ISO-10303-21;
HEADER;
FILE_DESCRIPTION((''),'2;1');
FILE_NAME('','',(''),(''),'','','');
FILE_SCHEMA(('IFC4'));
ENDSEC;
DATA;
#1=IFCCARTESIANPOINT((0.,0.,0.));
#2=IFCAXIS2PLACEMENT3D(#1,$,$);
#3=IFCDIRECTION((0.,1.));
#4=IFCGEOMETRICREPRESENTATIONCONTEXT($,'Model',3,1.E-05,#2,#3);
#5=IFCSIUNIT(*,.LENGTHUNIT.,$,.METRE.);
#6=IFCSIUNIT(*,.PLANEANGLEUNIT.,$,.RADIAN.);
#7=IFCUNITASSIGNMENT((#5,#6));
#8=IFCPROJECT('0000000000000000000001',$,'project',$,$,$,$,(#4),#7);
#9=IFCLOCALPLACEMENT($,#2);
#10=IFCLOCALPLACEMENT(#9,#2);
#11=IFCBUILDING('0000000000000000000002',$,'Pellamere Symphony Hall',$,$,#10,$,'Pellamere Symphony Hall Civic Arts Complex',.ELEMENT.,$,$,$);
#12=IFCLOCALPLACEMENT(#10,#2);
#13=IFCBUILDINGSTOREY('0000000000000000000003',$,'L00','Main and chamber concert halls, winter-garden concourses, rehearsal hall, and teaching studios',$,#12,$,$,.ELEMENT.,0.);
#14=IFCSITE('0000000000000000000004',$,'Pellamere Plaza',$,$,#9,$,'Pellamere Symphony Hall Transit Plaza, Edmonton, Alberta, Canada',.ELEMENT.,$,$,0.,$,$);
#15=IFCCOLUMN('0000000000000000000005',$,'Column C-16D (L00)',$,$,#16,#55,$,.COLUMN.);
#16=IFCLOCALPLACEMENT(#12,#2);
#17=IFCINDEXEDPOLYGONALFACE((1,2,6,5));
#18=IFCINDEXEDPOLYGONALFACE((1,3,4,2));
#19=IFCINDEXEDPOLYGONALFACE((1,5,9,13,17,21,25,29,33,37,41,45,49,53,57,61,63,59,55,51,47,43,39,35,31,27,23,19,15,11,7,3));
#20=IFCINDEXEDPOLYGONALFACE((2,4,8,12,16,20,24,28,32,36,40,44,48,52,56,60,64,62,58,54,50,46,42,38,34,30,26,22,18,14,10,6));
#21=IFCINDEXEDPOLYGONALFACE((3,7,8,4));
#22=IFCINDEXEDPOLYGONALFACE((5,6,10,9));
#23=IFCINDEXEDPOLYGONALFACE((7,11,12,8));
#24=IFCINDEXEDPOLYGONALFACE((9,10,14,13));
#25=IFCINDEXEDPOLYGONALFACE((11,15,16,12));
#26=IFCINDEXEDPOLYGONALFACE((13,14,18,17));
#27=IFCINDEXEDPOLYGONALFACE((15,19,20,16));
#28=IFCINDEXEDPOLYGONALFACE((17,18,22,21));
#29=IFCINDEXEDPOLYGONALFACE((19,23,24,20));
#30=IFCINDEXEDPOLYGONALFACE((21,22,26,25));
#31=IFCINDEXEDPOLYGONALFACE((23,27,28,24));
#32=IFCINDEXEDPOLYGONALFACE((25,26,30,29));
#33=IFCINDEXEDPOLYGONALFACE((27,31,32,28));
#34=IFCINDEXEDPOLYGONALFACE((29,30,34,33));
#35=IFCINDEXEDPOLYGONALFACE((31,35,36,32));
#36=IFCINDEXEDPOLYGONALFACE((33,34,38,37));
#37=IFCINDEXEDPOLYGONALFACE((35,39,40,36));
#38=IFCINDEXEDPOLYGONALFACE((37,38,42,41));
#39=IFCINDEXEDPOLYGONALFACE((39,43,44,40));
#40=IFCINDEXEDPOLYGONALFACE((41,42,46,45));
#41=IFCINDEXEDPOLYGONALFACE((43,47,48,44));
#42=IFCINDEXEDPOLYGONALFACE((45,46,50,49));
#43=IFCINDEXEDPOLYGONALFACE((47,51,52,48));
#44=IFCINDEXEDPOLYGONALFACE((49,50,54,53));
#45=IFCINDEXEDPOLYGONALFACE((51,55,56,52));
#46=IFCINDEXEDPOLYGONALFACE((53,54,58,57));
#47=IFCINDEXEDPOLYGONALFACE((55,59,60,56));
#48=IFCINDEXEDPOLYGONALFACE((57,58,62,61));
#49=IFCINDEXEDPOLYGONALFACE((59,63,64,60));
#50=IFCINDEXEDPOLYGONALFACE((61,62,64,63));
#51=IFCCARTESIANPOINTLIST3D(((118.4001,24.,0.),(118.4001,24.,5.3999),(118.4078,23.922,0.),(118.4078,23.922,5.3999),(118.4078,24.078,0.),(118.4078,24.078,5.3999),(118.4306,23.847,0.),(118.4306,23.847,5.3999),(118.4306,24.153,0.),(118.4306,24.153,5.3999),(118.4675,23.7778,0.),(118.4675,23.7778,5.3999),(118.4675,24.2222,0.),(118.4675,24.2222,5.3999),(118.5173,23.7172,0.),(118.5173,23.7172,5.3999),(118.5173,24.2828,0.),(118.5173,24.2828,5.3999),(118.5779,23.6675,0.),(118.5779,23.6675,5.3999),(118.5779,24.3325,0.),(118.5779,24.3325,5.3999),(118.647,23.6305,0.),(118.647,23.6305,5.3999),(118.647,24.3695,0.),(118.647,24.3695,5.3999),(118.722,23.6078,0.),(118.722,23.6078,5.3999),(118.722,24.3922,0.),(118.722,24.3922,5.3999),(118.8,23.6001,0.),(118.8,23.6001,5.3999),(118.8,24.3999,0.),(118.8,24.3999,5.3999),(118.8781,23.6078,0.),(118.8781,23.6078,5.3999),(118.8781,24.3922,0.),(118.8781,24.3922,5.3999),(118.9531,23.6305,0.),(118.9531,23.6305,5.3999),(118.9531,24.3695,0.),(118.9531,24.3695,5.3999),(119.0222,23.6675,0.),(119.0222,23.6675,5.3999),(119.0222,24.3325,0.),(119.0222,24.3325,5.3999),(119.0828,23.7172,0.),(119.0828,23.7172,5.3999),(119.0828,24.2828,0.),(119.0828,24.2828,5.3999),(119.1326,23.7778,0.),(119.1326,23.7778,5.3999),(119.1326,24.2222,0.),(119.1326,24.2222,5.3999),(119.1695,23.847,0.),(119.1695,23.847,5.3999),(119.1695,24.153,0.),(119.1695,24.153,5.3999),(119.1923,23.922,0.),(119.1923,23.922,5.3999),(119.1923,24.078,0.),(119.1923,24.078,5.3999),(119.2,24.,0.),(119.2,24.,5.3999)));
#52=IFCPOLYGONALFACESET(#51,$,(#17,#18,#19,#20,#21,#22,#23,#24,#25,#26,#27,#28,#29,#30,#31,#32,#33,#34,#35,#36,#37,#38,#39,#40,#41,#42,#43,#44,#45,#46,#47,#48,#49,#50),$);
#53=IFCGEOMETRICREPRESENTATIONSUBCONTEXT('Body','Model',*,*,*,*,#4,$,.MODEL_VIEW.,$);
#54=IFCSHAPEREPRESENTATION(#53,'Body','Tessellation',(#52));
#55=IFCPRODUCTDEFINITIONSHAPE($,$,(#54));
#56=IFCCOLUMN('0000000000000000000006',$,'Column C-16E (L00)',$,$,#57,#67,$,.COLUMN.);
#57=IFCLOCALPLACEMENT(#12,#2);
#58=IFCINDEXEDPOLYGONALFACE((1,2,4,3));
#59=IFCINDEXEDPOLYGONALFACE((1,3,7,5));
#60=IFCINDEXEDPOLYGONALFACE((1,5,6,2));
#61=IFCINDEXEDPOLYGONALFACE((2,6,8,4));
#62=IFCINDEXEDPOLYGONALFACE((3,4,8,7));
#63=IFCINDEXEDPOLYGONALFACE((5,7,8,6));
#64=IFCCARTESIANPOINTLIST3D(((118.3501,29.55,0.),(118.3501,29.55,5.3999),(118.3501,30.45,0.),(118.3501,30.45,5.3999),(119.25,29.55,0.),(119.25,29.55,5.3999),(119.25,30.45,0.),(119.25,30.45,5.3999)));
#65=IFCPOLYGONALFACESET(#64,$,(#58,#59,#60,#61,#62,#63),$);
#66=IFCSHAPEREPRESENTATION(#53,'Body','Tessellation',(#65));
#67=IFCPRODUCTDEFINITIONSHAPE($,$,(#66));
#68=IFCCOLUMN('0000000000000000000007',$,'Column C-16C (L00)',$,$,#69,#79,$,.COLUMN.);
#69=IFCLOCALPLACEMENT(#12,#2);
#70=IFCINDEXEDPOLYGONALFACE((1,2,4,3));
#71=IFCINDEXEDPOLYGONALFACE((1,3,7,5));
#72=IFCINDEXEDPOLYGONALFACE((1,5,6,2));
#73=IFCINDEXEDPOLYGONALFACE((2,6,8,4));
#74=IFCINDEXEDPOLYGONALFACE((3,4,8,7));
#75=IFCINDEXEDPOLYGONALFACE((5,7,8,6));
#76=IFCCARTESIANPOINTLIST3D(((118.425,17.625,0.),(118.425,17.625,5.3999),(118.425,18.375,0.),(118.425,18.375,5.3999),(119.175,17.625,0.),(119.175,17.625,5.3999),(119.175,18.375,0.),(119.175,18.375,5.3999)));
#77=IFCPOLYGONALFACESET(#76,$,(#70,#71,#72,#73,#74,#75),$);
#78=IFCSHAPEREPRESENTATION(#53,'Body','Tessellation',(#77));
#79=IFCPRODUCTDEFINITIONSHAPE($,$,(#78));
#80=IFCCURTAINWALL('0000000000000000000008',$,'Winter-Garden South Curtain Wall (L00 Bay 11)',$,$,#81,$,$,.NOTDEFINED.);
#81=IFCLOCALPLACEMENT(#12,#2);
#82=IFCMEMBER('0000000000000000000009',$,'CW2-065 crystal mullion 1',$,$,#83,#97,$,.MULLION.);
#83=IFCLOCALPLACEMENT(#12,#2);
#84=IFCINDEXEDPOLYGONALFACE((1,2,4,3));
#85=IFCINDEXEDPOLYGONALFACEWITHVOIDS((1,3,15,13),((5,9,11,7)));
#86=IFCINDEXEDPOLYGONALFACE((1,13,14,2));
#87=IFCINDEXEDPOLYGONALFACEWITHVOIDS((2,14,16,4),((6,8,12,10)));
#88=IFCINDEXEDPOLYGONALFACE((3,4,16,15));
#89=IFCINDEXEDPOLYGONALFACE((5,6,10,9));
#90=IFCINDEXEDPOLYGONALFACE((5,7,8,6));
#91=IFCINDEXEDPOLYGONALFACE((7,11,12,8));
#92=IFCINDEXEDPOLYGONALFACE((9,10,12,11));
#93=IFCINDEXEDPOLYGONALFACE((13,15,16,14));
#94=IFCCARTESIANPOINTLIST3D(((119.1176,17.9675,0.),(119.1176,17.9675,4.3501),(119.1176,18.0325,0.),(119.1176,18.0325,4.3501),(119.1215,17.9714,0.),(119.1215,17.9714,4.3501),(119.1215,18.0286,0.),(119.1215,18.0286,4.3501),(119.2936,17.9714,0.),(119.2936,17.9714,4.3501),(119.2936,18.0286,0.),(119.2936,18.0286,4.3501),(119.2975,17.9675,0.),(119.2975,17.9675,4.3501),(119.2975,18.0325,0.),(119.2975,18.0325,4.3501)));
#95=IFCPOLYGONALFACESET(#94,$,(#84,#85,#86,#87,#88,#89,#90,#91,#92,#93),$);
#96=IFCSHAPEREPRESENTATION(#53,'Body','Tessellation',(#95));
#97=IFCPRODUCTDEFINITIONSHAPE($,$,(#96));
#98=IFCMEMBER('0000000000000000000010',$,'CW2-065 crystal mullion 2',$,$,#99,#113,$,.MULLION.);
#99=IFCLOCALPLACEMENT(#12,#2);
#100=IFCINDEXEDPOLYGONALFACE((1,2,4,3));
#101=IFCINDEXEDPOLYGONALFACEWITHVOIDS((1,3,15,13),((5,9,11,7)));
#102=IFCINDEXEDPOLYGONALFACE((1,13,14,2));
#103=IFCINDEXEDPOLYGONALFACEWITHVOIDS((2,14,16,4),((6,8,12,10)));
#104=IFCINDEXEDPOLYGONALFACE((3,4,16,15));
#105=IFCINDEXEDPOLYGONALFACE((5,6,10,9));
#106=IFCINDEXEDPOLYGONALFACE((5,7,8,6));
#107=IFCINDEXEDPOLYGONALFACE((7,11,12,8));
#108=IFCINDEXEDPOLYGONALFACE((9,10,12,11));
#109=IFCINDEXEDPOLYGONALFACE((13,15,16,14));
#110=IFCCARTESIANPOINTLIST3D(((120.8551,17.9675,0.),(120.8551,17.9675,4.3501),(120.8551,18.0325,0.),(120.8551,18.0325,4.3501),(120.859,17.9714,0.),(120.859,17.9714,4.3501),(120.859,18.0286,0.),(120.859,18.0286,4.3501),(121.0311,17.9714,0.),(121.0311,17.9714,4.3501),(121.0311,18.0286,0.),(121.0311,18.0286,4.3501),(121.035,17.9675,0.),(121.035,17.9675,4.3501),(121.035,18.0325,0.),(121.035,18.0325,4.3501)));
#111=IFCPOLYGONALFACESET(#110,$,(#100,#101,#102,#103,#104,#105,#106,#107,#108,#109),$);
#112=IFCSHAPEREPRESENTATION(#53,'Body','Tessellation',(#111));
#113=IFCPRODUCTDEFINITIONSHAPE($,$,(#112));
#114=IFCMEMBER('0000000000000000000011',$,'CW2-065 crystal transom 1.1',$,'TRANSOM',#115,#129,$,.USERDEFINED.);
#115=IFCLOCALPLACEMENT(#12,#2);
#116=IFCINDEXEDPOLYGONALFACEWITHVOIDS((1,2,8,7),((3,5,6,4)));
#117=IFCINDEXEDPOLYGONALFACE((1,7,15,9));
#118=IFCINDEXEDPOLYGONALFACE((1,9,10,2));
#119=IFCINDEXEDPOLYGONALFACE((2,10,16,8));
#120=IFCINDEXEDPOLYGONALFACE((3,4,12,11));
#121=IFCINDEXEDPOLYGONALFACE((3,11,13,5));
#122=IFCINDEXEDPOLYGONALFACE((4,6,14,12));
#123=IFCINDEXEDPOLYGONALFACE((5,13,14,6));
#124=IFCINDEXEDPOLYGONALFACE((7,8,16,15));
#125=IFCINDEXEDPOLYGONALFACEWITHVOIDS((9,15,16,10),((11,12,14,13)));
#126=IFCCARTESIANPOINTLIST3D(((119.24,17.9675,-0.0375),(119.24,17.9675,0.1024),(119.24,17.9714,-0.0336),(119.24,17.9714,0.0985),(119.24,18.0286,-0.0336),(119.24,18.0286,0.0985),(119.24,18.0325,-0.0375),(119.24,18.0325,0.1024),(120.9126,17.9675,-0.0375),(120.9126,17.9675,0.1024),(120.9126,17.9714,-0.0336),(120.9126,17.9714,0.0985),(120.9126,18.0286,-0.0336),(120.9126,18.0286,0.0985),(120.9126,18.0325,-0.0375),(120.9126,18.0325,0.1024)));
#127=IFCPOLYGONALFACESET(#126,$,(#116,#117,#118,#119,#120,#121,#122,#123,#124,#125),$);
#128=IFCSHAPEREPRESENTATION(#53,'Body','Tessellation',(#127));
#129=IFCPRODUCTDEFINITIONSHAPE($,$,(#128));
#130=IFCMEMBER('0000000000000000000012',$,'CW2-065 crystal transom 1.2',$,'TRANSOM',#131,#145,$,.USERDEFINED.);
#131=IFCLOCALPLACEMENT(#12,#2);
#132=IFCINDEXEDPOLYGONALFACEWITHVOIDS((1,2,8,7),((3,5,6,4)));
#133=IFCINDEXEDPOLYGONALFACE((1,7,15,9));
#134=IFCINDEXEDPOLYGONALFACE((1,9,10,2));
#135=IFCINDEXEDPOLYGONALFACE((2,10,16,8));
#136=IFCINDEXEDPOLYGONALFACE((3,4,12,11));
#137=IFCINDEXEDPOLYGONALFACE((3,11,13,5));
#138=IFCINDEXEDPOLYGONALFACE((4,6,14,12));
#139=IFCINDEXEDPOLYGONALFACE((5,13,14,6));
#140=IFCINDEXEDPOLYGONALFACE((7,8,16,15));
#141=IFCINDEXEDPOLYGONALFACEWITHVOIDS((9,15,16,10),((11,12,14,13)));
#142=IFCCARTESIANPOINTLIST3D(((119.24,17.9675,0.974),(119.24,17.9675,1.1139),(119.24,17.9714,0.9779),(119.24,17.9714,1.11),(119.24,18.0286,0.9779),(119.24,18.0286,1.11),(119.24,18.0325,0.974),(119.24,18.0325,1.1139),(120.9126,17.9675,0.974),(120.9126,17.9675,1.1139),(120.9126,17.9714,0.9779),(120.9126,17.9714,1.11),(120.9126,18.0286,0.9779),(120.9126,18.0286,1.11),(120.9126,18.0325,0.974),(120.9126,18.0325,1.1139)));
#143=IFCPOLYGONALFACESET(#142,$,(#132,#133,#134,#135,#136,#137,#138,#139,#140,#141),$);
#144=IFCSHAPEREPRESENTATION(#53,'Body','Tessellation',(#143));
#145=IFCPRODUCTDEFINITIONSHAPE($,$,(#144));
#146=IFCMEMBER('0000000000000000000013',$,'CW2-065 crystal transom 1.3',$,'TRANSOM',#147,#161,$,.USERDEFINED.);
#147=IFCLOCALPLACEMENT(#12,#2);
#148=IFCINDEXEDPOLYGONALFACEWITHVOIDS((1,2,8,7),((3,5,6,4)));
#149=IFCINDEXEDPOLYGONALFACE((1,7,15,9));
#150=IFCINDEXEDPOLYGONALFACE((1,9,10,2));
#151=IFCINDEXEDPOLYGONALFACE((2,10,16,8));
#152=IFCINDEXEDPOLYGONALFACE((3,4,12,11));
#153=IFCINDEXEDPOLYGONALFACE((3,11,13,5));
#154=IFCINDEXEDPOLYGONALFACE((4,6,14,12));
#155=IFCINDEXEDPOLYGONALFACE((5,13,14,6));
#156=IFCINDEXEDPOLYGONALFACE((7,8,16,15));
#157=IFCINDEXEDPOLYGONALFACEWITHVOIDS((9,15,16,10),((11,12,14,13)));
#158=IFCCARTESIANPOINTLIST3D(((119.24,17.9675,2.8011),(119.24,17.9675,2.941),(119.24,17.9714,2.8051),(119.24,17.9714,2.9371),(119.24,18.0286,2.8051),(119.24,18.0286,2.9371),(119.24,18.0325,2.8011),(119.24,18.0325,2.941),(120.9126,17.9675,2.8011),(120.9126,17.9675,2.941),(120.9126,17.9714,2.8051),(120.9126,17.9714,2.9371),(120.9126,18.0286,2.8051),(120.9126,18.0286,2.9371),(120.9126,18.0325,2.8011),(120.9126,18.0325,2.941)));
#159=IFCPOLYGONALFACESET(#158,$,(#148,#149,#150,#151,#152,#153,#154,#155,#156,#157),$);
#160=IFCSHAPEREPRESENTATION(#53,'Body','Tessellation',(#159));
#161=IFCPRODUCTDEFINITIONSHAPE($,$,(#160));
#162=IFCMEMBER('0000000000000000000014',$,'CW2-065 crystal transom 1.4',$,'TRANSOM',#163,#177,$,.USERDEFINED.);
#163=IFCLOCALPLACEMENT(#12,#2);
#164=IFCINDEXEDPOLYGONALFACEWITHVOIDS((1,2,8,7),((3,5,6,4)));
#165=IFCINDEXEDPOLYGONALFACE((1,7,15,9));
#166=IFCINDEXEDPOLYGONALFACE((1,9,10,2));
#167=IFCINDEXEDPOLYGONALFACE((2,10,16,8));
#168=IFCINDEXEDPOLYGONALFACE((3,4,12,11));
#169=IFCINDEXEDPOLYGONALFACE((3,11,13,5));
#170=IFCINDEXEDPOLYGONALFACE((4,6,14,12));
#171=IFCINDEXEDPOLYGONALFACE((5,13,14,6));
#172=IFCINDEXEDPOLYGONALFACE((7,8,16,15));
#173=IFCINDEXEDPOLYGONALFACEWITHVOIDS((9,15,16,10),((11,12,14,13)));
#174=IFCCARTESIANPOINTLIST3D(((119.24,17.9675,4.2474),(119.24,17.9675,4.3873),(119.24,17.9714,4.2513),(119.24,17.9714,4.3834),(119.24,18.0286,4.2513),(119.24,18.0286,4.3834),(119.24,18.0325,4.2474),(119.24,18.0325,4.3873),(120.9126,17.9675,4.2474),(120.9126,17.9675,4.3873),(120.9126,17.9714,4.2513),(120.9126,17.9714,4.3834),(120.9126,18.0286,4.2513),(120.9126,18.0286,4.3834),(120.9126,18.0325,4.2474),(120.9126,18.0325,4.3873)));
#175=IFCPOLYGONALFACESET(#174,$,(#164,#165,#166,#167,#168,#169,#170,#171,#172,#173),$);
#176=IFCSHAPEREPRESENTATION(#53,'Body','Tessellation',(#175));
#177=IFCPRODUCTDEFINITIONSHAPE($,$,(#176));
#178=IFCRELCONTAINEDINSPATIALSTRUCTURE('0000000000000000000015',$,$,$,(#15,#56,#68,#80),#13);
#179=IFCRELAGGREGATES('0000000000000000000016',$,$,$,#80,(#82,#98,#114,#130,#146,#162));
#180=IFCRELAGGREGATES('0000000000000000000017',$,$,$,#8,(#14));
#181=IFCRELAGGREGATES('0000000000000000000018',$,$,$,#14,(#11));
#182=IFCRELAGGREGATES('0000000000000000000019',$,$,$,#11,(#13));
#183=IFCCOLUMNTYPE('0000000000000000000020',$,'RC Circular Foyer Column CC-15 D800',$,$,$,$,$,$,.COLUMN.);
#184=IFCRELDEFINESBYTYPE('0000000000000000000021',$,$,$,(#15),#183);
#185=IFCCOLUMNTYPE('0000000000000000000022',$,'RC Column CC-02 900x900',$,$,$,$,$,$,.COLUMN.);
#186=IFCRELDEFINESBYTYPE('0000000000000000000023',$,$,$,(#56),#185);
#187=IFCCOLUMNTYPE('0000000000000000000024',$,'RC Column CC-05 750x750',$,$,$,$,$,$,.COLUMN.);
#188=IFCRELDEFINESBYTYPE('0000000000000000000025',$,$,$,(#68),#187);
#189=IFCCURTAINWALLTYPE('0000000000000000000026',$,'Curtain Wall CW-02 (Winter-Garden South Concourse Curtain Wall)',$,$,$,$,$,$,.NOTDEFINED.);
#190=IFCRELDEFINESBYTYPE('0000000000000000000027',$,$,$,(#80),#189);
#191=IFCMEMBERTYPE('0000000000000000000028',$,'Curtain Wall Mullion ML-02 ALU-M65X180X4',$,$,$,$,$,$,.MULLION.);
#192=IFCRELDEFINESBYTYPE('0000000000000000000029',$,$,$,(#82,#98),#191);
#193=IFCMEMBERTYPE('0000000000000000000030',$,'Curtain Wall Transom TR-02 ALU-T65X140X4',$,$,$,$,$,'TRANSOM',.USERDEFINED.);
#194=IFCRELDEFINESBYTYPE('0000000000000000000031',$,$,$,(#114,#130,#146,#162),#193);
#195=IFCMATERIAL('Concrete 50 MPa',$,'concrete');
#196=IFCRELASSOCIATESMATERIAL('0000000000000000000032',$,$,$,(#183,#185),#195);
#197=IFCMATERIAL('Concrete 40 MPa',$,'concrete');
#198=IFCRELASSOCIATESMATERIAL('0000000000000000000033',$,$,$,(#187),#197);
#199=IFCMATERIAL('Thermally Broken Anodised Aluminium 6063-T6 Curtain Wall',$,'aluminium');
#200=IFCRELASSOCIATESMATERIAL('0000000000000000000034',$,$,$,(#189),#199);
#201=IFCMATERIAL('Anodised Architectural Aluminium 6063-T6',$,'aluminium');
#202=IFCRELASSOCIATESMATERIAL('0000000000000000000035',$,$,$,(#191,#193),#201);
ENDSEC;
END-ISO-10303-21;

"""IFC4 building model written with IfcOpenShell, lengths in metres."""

from ifc_helpers import new_model, si_unit, direction, frame, origin, origin_2d, place, context, subcontext, project, spatial, rectangle, hollow_rectangle, circle, extrude, material, material_profile, profile_set, type_object, element, aggregate, save


model = new_model("IFC4")

# Units and contexts
model_context = context("Model", 3, precision=1e-05, world=origin(), true_north=direction((0.0, 1.0)))
body_context = subcontext(model_context, "Body", "Model", "MODEL_VIEW")
ifc_project = project(units=[si_unit("LENGTHUNIT", "METRE"), si_unit("PLANEANGLEUNIT", "RADIAN")], contexts=[model_context])

# Site, building, storey
site_placement = place(None, origin())
site = spatial("IfcSite", under=ifc_project, at=site_placement, Name="Pellamere Plaza", LongName="Pellamere Symphony Hall Transit Plaza, Edmonton, Alberta, Canada", CompositionType="ELEMENT", RefElevation=0.0)
building_placement = place(site_placement, origin())
building = spatial("IfcBuilding", under=site, at=building_placement, Name="Pellamere Symphony Hall", LongName="Pellamere Symphony Hall Civic Arts Complex", CompositionType="ELEMENT")
storey_placement = place(building_placement, origin())
storey = spatial("IfcBuildingStorey", under=building, at=storey_placement, Name="L00", Description="Main and chamber concert halls, winter-garden concourses, rehearsal hall, and teaching studios", CompositionType="ELEMENT", Elevation=0.0)

# Columns
ifc_material_1 = material(Name="Concrete 50 MPa", Category="concrete")
ifc_material_profile_1 = material_profile(ifc_material_1, circle(Radius=0.3999, at=origin_2d()), Name="RCCOL D800")
ifc_profile_set_1 = profile_set([ifc_material_profile_1], Name="Concrete 50 MPa")
column_type_1 = type_object("IfcColumnType", Name="RC Circular Foyer Column CC-15 D800", PredefinedType="COLUMN", material=ifc_profile_set_1)
column_1_placement = place(storey_placement, frame((118.8, 24.0, 0.0), z_axis=(0.0, 0.0, 1.0), x_axis=(1.0, 0.0, 0.0)))
element("IfcColumn", 1, at=column_1_placement, inside=storey, type_object=column_type_1, Name="Column C-16D (L00)", PredefinedType="COLUMN", context=body_context, shape_type="SweptSolid", body=[
    extrude(circle(Radius=0.3999, at=origin_2d()), origin(), (0.0, 0.0, 1.0), 5.3999),
])
ifc_material_profile_2 = material_profile(ifc_material_1, rectangle(XDim=0.8999, YDim=0.8999, at=origin_2d()), Name="RC 900x900")
ifc_profile_set_2 = profile_set([ifc_material_profile_2], Name="Concrete 50 MPa")
column_type_2 = type_object("IfcColumnType", Name="RC Column CC-02 900x900", PredefinedType="COLUMN", material=ifc_profile_set_2)
column_2_placement = place(storey_placement, frame((118.8, 30.0, 0.0), z_axis=(0.0, 0.0, 1.0), x_axis=(1.0, 0.0, 0.0)))
element("IfcColumn", 2, at=column_2_placement, inside=storey, type_object=column_type_2, Name="Column C-16E (L00)", PredefinedType="COLUMN", context=body_context, shape_type="SweptSolid", body=[
    extrude(rectangle(XDim=0.8999, YDim=0.8999, at=origin_2d()), origin(), (0.0, 0.0, 1.0), 5.3999),
])
ifc_material_2 = material(Name="Concrete 40 MPa", Category="concrete")
ifc_material_profile_3 = material_profile(ifc_material_2, rectangle(XDim=0.75, YDim=0.75, at=origin_2d()), Name="RC 750x750")
ifc_profile_set_3 = profile_set([ifc_material_profile_3], Name="Concrete 40 MPa")
column_type_3 = type_object("IfcColumnType", Name="RC Column CC-05 750x750", PredefinedType="COLUMN", material=ifc_profile_set_3)
column_3_placement = place(storey_placement, frame((118.8, 18.0, 0.0), z_axis=(0.0, 0.0, 1.0), x_axis=(1.0, 0.0, 0.0)))
element("IfcColumn", 3, at=column_3_placement, inside=storey, type_object=column_type_3, Name="Column C-16C (L00)", PredefinedType="COLUMN", context=body_context, shape_type="SweptSolid", body=[
    extrude(rectangle(XDim=0.75, YDim=0.75, at=origin_2d()), origin(), (0.0, 0.0, 1.0), 5.3999),
])

# Curtain wall, members
ifc_material_3 = material(Name="Thermally Broken Anodised Aluminium 6063-T6 Curtain Wall", Category="aluminium")
curtain_wall_type = type_object("IfcCurtainWallType", Name="Curtain Wall CW-02 (Winter-Garden South Concourse Curtain Wall)", PredefinedType="NOTDEFINED", material=ifc_material_3)
curtain_wall_placement = place(storey_placement, origin())
curtain_wall = element("IfcCurtainWall", 4, at=curtain_wall_placement, inside=storey, type_object=curtain_wall_type, Name="Winter-Garden South Curtain Wall (L00 Bay 11)", PredefinedType="NOTDEFINED")
ifc_material_4 = material(Name="Anodised Architectural Aluminium 6063-T6", Category="aluminium")
ifc_material_profile_4 = material_profile(ifc_material_4, hollow_rectangle(XDim=0.0649, YDim=0.1799, WallThickness=0.0039, at=origin_2d()), Name="ALU-M65X180X4")
ifc_profile_set_4 = profile_set([ifc_material_profile_4], Name="Anodised Architectural Aluminium 6063-T6")
member_type_1 = type_object("IfcMemberType", Name="Curtain Wall Mullion ML-02 ALU-M65X180X4", PredefinedType="MULLION", material=ifc_profile_set_4)
member_1_placement = place(storey_placement, frame((119.2075, 18.0, 0.0), z_axis=(0.0, 0.0, 1.0), x_axis=(0.0, 1.0, 0.0)))
member_1 = element("IfcMember", 5, at=member_1_placement, type_object=member_type_1, Name="CW2-065 crystal mullion 1", PredefinedType="MULLION", context=body_context, shape_type="SweptSolid", body=[
    extrude(hollow_rectangle(XDim=0.0649, YDim=0.1799, WallThickness=0.0039, at=origin_2d()), origin(), (0.0, 0.0, 1.0), 4.3501),
])
member_2_placement = place(storey_placement, frame((120.9451, 18.0, 0.0), z_axis=(0.0, 0.0, 1.0), x_axis=(0.0, 1.0, 0.0)))
member_2 = element("IfcMember", 6, at=member_2_placement, type_object=member_type_1, Name="CW2-065 crystal mullion 2", PredefinedType="MULLION", context=body_context, shape_type="SweptSolid", body=[
    extrude(hollow_rectangle(XDim=0.0649, YDim=0.1799, WallThickness=0.0039, at=origin_2d()), origin(), (0.0, 0.0, 1.0), 4.3501),
])
ifc_material_profile_5 = material_profile(ifc_material_4, hollow_rectangle(XDim=0.0649, YDim=0.1399, WallThickness=0.0039, at=origin_2d()), Name="ALU-T65X140X4")
ifc_profile_set_5 = profile_set([ifc_material_profile_5], Name="Anodised Architectural Aluminium 6063-T6")
member_type_2 = type_object("IfcMemberType", Name="Curtain Wall Transom TR-02 ALU-T65X140X4", ElementType="TRANSOM", PredefinedType="USERDEFINED", material=ifc_profile_set_5)
member_3_placement = place(storey_placement, frame((119.24, 18.0, 0.0325), z_axis=(1.0, 0.0, 0.0), x_axis=(0.0, 1.0, 0.0)))
member_3 = element("IfcMember", 7, at=member_3_placement, type_object=member_type_2, Name="CW2-065 crystal transom 1.1", ObjectType="TRANSOM", PredefinedType="USERDEFINED", context=body_context, shape_type="SweptSolid", body=[
    extrude(hollow_rectangle(XDim=0.0649, YDim=0.1399, WallThickness=0.0039, at=origin_2d()), origin(), (0.0, 0.0, 1.0), 1.6726),
])
member_4_placement = place(storey_placement, frame((119.24, 18.0, 1.0439), z_axis=(1.0, 0.0, 0.0), x_axis=(0.0, 1.0, 0.0)))
member_4 = element("IfcMember", 8, at=member_4_placement, type_object=member_type_2, Name="CW2-065 crystal transom 1.2", ObjectType="TRANSOM", PredefinedType="USERDEFINED", context=body_context, shape_type="SweptSolid", body=[
    extrude(hollow_rectangle(XDim=0.0649, YDim=0.1399, WallThickness=0.0039, at=origin_2d()), origin(), (0.0, 0.0, 1.0), 1.6726),
])
member_5_placement = place(storey_placement, frame((119.24, 18.0, 2.8711), z_axis=(1.0, 0.0, 0.0), x_axis=(0.0, 1.0, 0.0)))
member_5 = element("IfcMember", 9, at=member_5_placement, type_object=member_type_2, Name="CW2-065 crystal transom 1.3", ObjectType="TRANSOM", PredefinedType="USERDEFINED", context=body_context, shape_type="SweptSolid", body=[
    extrude(hollow_rectangle(XDim=0.0649, YDim=0.1399, WallThickness=0.0039, at=origin_2d()), origin(), (0.0, 0.0, 1.0), 1.6726),
])
member_6_placement = place(storey_placement, frame((119.24, 18.0, 4.3174), z_axis=(1.0, 0.0, 0.0), x_axis=(0.0, 1.0, 0.0)))
member_6 = element("IfcMember", 10, at=member_6_placement, type_object=member_type_2, Name="CW2-065 crystal transom 1.4", ObjectType="TRANSOM", PredefinedType="USERDEFINED", context=body_context, shape_type="SweptSolid", body=[
    extrude(hollow_rectangle(XDim=0.0649, YDim=0.1399, WallThickness=0.0039, at=origin_2d()), origin(), (0.0, 0.0, 1.0), 1.6726),
])

aggregate(curtain_wall, [member_1, member_2, member_3, member_4, member_5, member_6])

save(model, "model.ifc")
